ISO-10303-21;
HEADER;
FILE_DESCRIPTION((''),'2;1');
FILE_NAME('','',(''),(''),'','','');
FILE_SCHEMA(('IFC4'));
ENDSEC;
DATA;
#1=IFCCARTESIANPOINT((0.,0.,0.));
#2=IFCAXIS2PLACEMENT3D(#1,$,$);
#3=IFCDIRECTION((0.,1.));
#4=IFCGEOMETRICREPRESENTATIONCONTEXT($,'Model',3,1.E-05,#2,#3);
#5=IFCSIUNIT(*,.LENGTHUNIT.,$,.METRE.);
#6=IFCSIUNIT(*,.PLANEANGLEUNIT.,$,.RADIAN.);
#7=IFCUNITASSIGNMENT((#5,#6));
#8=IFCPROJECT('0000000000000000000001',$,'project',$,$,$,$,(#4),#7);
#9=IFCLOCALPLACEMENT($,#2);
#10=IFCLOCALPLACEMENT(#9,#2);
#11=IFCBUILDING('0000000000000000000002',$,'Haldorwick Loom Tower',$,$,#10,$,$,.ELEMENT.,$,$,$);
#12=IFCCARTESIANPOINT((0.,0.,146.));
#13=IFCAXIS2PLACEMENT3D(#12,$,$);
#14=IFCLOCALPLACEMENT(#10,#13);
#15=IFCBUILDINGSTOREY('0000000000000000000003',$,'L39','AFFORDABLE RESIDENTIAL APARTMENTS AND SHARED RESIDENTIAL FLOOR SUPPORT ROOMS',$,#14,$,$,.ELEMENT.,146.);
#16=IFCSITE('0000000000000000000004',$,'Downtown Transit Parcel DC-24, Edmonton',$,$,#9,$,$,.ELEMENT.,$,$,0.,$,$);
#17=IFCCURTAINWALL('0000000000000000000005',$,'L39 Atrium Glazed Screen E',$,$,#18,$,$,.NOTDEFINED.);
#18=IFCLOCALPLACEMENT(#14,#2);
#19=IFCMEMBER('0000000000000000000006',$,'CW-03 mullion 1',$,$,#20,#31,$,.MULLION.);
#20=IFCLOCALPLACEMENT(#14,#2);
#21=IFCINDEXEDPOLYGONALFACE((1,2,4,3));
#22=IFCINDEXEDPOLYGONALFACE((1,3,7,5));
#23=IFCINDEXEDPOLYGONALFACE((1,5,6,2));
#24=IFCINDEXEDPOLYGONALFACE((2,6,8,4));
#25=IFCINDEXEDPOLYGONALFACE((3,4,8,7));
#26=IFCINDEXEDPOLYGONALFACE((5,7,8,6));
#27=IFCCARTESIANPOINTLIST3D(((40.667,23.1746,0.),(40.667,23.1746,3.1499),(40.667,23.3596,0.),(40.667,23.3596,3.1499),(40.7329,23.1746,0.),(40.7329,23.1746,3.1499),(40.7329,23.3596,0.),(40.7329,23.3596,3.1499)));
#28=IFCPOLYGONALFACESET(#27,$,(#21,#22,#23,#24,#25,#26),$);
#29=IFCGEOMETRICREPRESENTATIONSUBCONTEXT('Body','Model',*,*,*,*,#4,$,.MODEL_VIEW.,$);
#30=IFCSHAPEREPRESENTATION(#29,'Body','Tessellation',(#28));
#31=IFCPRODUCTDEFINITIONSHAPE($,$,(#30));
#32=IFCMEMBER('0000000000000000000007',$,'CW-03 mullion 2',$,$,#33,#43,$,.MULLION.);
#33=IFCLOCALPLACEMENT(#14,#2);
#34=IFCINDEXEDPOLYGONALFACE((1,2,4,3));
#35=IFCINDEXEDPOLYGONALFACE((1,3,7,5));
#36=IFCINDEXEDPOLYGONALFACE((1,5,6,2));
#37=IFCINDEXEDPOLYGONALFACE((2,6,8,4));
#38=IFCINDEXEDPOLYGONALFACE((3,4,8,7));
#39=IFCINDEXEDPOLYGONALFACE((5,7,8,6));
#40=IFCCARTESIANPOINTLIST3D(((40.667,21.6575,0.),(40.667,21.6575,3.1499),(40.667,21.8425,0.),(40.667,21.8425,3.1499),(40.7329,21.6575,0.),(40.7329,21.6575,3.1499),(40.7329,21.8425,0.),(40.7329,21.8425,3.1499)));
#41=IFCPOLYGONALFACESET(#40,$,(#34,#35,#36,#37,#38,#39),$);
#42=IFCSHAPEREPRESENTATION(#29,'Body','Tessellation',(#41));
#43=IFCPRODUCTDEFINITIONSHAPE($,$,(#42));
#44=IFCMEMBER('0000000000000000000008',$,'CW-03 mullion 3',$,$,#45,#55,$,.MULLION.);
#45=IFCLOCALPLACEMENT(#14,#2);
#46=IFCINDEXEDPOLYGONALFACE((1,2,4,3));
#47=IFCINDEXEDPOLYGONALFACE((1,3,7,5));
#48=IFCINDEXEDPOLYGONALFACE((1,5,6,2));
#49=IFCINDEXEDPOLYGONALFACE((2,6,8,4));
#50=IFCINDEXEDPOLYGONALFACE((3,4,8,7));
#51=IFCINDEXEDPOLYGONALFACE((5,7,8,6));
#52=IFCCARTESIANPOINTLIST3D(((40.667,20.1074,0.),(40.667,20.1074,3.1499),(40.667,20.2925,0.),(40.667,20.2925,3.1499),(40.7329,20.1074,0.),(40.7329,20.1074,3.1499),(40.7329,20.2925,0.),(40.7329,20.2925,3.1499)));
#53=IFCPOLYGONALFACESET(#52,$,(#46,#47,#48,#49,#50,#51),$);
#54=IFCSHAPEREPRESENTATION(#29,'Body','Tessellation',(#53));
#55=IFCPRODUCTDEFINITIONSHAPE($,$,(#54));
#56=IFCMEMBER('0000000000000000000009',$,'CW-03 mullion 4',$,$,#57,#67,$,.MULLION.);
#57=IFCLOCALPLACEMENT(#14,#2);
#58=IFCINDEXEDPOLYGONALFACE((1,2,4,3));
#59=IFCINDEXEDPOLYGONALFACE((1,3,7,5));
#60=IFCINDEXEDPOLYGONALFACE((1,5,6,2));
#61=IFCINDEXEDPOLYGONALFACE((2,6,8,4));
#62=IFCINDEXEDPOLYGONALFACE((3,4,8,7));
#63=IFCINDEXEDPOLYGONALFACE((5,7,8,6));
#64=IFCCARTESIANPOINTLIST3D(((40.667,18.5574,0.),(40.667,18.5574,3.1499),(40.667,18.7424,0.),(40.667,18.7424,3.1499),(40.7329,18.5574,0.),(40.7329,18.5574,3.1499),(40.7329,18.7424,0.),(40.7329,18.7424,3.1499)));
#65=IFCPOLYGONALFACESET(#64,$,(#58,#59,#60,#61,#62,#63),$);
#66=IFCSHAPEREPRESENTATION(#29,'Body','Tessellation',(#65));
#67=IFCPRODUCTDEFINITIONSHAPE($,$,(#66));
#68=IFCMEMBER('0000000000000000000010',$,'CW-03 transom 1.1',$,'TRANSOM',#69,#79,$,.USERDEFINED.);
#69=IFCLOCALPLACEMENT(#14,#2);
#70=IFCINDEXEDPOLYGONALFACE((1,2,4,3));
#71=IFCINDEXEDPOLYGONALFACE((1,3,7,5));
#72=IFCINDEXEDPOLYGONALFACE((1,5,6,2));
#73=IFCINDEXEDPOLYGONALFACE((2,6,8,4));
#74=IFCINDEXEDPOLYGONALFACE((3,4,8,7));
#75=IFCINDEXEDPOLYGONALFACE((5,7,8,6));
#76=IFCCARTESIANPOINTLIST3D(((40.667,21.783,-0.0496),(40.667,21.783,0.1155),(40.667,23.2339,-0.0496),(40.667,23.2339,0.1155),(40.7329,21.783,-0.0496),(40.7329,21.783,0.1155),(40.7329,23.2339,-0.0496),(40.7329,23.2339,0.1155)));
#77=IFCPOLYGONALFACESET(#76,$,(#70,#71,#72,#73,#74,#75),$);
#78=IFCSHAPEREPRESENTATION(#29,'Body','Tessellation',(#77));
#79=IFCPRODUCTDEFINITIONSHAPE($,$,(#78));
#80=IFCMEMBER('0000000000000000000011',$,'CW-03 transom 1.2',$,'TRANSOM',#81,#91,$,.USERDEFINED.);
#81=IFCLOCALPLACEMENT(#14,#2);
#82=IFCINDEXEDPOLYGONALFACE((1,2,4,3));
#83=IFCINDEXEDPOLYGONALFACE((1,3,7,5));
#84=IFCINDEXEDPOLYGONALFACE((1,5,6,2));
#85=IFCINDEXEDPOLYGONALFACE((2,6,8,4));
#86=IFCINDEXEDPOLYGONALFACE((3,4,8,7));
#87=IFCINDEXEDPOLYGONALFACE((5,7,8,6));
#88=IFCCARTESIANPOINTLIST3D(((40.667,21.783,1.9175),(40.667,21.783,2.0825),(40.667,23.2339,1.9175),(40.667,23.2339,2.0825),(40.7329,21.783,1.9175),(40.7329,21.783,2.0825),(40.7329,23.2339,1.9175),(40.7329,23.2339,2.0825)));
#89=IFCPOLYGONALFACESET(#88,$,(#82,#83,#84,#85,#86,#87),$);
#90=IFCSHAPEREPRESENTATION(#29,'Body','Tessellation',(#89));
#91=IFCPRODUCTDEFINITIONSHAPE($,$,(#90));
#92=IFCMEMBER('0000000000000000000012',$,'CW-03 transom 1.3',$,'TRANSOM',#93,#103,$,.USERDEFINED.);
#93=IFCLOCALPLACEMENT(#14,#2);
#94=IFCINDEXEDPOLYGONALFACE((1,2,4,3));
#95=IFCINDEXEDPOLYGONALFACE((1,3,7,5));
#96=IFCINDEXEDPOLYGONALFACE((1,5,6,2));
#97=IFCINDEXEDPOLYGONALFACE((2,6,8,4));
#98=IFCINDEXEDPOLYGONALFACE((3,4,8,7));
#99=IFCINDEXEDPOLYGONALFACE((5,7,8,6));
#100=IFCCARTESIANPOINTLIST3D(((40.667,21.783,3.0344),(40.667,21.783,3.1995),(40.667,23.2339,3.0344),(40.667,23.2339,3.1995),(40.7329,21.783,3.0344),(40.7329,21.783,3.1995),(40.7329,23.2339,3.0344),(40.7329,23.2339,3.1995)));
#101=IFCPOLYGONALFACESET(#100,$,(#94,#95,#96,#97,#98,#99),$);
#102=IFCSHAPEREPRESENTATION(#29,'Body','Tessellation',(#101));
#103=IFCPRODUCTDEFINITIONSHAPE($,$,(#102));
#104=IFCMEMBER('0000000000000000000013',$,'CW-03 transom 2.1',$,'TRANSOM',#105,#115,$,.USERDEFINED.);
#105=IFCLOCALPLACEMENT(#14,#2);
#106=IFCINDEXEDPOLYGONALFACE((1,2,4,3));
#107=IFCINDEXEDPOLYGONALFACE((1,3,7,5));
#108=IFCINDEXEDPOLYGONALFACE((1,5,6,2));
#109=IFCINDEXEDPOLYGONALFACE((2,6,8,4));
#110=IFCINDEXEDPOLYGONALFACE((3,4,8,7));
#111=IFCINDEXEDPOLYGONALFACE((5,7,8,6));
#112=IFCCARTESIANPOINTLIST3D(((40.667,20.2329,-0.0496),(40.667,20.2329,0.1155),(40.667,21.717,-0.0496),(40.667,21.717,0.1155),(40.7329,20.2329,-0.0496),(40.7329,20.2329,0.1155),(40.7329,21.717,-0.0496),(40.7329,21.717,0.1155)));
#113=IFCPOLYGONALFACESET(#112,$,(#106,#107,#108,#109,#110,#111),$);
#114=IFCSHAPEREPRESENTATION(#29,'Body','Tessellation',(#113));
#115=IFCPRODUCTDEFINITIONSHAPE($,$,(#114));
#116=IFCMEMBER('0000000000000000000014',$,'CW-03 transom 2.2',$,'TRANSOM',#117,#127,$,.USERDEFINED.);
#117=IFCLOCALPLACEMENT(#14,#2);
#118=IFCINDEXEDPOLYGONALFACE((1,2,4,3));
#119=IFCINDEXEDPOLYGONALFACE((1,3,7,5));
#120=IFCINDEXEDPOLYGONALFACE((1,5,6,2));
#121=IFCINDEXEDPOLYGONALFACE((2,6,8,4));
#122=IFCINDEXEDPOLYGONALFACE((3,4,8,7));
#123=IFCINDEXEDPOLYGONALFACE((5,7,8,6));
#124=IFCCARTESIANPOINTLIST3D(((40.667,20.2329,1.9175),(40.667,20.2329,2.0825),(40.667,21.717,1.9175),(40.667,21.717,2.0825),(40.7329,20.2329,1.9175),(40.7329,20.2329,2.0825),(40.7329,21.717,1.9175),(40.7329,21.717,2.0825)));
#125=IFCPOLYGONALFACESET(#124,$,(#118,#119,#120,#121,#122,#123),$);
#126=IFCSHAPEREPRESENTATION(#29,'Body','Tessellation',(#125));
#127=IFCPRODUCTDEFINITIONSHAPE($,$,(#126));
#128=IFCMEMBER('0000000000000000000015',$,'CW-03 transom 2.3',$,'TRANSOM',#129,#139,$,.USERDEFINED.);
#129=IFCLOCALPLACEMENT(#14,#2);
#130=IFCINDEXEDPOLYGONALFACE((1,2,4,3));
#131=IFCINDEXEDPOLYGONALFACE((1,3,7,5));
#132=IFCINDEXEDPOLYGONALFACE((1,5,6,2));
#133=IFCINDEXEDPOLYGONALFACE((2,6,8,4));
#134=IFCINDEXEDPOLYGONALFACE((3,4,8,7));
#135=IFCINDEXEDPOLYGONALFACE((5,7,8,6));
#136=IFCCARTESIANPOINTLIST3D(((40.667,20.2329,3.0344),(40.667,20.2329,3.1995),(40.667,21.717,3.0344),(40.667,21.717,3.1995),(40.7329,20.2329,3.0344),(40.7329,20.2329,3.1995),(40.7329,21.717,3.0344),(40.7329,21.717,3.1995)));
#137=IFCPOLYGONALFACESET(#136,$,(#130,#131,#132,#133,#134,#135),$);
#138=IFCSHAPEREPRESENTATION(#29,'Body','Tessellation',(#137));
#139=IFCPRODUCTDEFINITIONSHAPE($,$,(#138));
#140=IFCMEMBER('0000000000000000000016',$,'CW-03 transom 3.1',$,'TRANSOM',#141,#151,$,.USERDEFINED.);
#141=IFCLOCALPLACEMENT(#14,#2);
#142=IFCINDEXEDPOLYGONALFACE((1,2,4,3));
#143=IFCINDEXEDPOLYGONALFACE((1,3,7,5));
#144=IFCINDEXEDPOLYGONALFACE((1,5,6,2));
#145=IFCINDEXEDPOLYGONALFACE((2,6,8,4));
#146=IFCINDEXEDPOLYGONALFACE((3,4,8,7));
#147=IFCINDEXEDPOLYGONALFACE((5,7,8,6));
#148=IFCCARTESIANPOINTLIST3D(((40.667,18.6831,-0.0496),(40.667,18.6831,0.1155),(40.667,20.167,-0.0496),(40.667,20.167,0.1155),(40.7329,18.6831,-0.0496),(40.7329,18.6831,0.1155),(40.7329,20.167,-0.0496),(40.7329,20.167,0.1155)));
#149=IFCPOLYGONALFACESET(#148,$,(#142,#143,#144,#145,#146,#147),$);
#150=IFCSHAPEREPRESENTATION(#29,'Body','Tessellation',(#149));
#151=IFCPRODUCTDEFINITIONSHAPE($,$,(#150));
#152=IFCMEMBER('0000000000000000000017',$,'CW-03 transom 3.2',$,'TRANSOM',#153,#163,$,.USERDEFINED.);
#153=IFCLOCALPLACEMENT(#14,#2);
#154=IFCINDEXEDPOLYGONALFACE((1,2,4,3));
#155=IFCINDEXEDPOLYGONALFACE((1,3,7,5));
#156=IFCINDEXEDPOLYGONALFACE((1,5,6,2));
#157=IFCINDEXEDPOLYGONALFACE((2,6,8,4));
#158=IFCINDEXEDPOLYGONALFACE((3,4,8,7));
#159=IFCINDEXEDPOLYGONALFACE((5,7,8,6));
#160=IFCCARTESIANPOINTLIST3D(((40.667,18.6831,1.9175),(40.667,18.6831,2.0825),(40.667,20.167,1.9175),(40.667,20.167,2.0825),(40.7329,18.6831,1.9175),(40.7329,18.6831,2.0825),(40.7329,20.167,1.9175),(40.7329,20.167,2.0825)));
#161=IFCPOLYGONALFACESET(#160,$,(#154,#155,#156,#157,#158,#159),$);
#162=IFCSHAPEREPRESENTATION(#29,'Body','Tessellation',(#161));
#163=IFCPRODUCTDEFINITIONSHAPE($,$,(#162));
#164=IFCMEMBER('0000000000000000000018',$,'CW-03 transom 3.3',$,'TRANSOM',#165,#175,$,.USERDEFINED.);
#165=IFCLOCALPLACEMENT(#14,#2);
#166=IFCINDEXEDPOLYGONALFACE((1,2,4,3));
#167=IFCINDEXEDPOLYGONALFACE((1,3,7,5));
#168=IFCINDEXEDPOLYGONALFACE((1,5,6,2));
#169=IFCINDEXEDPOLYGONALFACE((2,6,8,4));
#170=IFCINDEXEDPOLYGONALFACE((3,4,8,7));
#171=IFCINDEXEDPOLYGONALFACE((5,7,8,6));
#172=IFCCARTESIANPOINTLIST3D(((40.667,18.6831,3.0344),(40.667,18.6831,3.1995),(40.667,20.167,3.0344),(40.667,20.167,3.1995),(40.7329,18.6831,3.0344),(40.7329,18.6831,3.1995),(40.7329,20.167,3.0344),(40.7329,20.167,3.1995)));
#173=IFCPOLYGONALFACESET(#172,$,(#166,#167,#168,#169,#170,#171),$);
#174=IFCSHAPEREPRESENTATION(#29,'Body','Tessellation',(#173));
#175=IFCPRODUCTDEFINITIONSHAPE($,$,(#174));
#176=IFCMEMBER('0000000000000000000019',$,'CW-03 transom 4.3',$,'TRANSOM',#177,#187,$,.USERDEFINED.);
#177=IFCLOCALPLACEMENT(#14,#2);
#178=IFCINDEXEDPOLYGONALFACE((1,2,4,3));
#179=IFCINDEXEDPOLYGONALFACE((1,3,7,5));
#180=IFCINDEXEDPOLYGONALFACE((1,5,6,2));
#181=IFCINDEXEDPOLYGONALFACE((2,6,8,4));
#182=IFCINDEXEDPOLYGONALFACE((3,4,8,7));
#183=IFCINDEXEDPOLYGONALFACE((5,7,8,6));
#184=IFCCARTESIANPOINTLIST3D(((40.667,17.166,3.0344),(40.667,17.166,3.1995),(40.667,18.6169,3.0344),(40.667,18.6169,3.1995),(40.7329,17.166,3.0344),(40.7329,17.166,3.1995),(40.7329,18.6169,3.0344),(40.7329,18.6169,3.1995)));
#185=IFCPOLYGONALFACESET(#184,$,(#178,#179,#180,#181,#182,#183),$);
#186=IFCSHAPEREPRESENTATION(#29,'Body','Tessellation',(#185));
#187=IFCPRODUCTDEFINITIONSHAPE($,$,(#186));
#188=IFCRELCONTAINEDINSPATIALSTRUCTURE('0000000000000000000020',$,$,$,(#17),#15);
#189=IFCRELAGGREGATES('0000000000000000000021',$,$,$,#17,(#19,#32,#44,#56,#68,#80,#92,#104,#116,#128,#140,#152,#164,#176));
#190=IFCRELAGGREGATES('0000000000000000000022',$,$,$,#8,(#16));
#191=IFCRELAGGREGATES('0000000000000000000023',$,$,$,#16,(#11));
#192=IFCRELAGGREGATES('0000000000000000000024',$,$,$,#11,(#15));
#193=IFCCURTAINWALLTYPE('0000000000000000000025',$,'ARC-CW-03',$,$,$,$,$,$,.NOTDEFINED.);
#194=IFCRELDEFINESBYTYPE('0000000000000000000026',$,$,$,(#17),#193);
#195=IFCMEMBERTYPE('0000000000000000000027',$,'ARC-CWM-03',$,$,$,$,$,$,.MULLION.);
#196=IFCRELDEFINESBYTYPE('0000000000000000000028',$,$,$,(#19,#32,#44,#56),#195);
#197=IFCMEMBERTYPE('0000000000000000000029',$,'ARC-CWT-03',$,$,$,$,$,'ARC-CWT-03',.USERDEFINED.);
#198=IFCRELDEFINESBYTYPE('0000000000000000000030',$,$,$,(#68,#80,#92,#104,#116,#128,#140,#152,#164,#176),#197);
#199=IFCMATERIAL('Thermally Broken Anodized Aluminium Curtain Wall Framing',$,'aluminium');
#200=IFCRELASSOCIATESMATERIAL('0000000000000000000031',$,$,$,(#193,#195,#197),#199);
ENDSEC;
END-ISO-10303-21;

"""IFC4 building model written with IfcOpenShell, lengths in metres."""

from ifc_helpers import new_model, si_unit, direction, frame, origin, origin_2d, place, context, subcontext, project, spatial, rectangle, extrude, material, material_profile, profile_set, type_object, element, aggregate, save


model = new_model("IFC4")

# Units and contexts
model_context = context("Model", 3, precision=1e-05, world=origin(), true_north=direction((0.0, 1.0)))
body_context = subcontext(model_context, "Body", "Model", "MODEL_VIEW")
ifc_project = project(units=[si_unit("LENGTHUNIT", "METRE"), si_unit("PLANEANGLEUNIT", "RADIAN")], contexts=[model_context])

# Site, building, storey
site_placement = place(None, origin())
site = spatial("IfcSite", under=ifc_project, at=site_placement, Name="Downtown Transit Parcel DC-24, Edmonton", CompositionType="ELEMENT", RefElevation=0.0)
building_placement = place(site_placement, origin())
building = spatial("IfcBuilding", under=site, at=building_placement, Name="Haldorwick Loom Tower", CompositionType="ELEMENT")
storey_placement = place(building_placement, frame((0.0, 0.0, 146.0)))
storey = spatial("IfcBuildingStorey", under=building, at=storey_placement, Name="L39", Description="AFFORDABLE RESIDENTIAL APARTMENTS AND SHARED RESIDENTIAL FLOOR SUPPORT ROOMS", CompositionType="ELEMENT", Elevation=146.0)

# Curtain wall, members
ifc_material_1 = material(Name="Thermally Broken Anodized Aluminium Curtain Wall Framing", Category="aluminium")
curtain_wall_type = type_object("IfcCurtainWallType", Name="ARC-CW-03", PredefinedType="NOTDEFINED", material=ifc_material_1)
curtain_wall_placement = place(storey_placement, origin())
curtain_wall = element("IfcCurtainWall", 1, at=curtain_wall_placement, inside=storey, type_object=curtain_wall_type, Name="L39 Atrium Glazed Screen E", PredefinedType="NOTDEFINED")
ifc_material_profile_1 = material_profile(ifc_material_1, rectangle(XDim=0.0659, YDim=0.1851, at=origin_2d()), Name="ALU_MUL_66X185", Category="aluminium")
ifc_profile_set_1 = profile_set([ifc_material_profile_1], Name="Thermally Broken Anodized Aluminium Curtain Wall Framing")
member_type_1 = type_object("IfcMemberType", Name="ARC-CWM-03", PredefinedType="MULLION", material=ifc_profile_set_1)
member_1_placement = place(storey_placement, frame((40.7, 23.2671, 0.0), z_axis=(0.0, 0.0, 1.0), x_axis=(1.0, 0.0, 0.0)))
member_1 = element("IfcMember", 2, at=member_1_placement, type_object=member_type_1, Name="CW-03 mullion 1", PredefinedType="MULLION", context=body_context, shape_type="SweptSolid", body=[
    extrude(rectangle(XDim=0.0659, YDim=0.1851, at=origin_2d()), origin(), (0.0, 0.0, 1.0), 3.1499),
])
member_2_placement = place(storey_placement, frame((40.7, 21.75, 0.0), z_axis=(0.0, 0.0, 1.0), x_axis=(1.0, 0.0, 0.0)))
member_2 = element("IfcMember", 3, at=member_2_placement, type_object=member_type_1, Name="CW-03 mullion 2", PredefinedType="MULLION", context=body_context, shape_type="SweptSolid", body=[
    extrude(rectangle(XDim=0.0659, YDim=0.1851, at=origin_2d()), origin(), (0.0, 0.0, 1.0), 3.1499),
])
member_3_placement = place(storey_placement, frame((40.7, 20.2, 0.0), z_axis=(0.0, 0.0, 1.0), x_axis=(1.0, 0.0, 0.0)))
member_3 = element("IfcMember", 4, at=member_3_placement, type_object=member_type_1, Name="CW-03 mullion 3", PredefinedType="MULLION", context=body_context, shape_type="SweptSolid", body=[
    extrude(rectangle(XDim=0.0659, YDim=0.1851, at=origin_2d()), origin(), (0.0, 0.0, 1.0), 3.1499),
])
member_4_placement = place(storey_placement, frame((40.7, 18.6499, 0.0), z_axis=(0.0, 0.0, 1.0), x_axis=(1.0, 0.0, 0.0)))
member_4 = element("IfcMember", 5, at=member_4_placement, type_object=member_type_1, Name="CW-03 mullion 4", PredefinedType="MULLION", context=body_context, shape_type="SweptSolid", body=[
    extrude(rectangle(XDim=0.0659, YDim=0.1851, at=origin_2d()), origin(), (0.0, 0.0, 1.0), 3.1499),
])
ifc_material_profile_2 = material_profile(ifc_material_1, rectangle(XDim=0.0659, YDim=0.165, at=origin_2d()), Name="ALU_TRN_66X165", Category="aluminium")
ifc_profile_set_2 = profile_set([ifc_material_profile_2], Name="Thermally Broken Anodized Aluminium Curtain Wall Framing")
member_type_2 = type_object("IfcMemberType", Name="ARC-CWT-03", ElementType="ARC-CWT-03", PredefinedType="USERDEFINED", material=ifc_profile_set_2)
member_5_placement = place(storey_placement, frame((40.7, 23.2339, 0.033), z_axis=(0.0, -1.0, 0.0), x_axis=(1.0, 0.0, 0.0)))
member_5 = element("IfcMember", 6, at=member_5_placement, type_object=member_type_2, Name="CW-03 transom 1.1", ObjectType="TRANSOM", PredefinedType="USERDEFINED", context=body_context, shape_type="SweptSolid", body=[
    extrude(rectangle(XDim=0.0659, YDim=0.165, at=origin_2d()), origin(), (0.0, 0.0, 1.0), 1.4509),
])
member_6_placement = place(storey_placement, frame((40.7, 23.2339, 2.0), z_axis=(0.0, -1.0, 0.0), x_axis=(1.0, 0.0, 0.0)))
member_6 = element("IfcMember", 7, at=member_6_placement, type_object=member_type_2, Name="CW-03 transom 1.2", ObjectType="TRANSOM", PredefinedType="USERDEFINED", context=body_context, shape_type="SweptSolid", body=[
    extrude(rectangle(XDim=0.0659, YDim=0.165, at=origin_2d()), origin(), (0.0, 0.0, 1.0), 1.4509),
])
member_7_placement = place(storey_placement, frame((40.7, 23.2339, 3.1169), z_axis=(0.0, -1.0, 0.0), x_axis=(1.0, 0.0, 0.0)))
member_7 = element("IfcMember", 8, at=member_7_placement, type_object=member_type_2, Name="CW-03 transom 1.3", ObjectType="TRANSOM", PredefinedType="USERDEFINED", context=body_context, shape_type="SweptSolid", body=[
    extrude(rectangle(XDim=0.0659, YDim=0.165, at=origin_2d()), origin(), (0.0, 0.0, 1.0), 1.4509),
])
member_8_placement = place(storey_placement, frame((40.7, 21.717, 0.033), z_axis=(0.0, -1.0, 0.0), x_axis=(1.0, 0.0, 0.0)))
member_8 = element("IfcMember", 9, at=member_8_placement, type_object=member_type_2, Name="CW-03 transom 2.1", ObjectType="TRANSOM", PredefinedType="USERDEFINED", context=body_context, shape_type="SweptSolid", body=[
    extrude(rectangle(XDim=0.0659, YDim=0.165, at=origin_2d()), origin(), (0.0, 0.0, 1.0), 1.4841),
])
member_9_placement = place(storey_placement, frame((40.7, 21.717, 2.0), z_axis=(0.0, -1.0, 0.0), x_axis=(1.0, 0.0, 0.0)))
member_9 = element("IfcMember", 10, at=member_9_placement, type_object=member_type_2, Name="CW-03 transom 2.2", ObjectType="TRANSOM", PredefinedType="USERDEFINED", context=body_context, shape_type="SweptSolid", body=[
    extrude(rectangle(XDim=0.0659, YDim=0.165, at=origin_2d()), origin(), (0.0, 0.0, 1.0), 1.4841),
])
member_10_placement = place(storey_placement, frame((40.7, 21.717, 3.1169), z_axis=(0.0, -1.0, 0.0), x_axis=(1.0, 0.0, 0.0)))
member_10 = element("IfcMember", 11, at=member_10_placement, type_object=member_type_2, Name="CW-03 transom 2.3", ObjectType="TRANSOM", PredefinedType="USERDEFINED", context=body_context, shape_type="SweptSolid", body=[
    extrude(rectangle(XDim=0.0659, YDim=0.165, at=origin_2d()), origin(), (0.0, 0.0, 1.0), 1.4841),
])
member_11_placement = place(storey_placement, frame((40.7, 20.167, 0.033), z_axis=(0.0, -1.0, 0.0), x_axis=(1.0, 0.0, 0.0)))
member_11 = element("IfcMember", 12, at=member_11_placement, type_object=member_type_2, Name="CW-03 transom 3.1", ObjectType="TRANSOM", PredefinedType="USERDEFINED", context=body_context, shape_type="SweptSolid", body=[
    extrude(rectangle(XDim=0.0659, YDim=0.165, at=origin_2d()), origin(), (0.0, 0.0, 1.0), 1.4839),
])
member_12_placement = place(storey_placement, frame((40.7, 20.167, 2.0), z_axis=(0.0, -1.0, 0.0), x_axis=(1.0, 0.0, 0.0)))
member_12 = element("IfcMember", 13, at=member_12_placement, type_object=member_type_2, Name="CW-03 transom 3.2", ObjectType="TRANSOM", PredefinedType="USERDEFINED", context=body_context, shape_type="SweptSolid", body=[
    extrude(rectangle(XDim=0.0659, YDim=0.165, at=origin_2d()), origin(), (0.0, 0.0, 1.0), 1.4839),
])
member_13_placement = place(storey_placement, frame((40.7, 20.167, 3.1169), z_axis=(0.0, -1.0, 0.0), x_axis=(1.0, 0.0, 0.0)))
member_13 = element("IfcMember", 14, at=member_13_placement, type_object=member_type_2, Name="CW-03 transom 3.3", ObjectType="TRANSOM", PredefinedType="USERDEFINED", context=body_context, shape_type="SweptSolid", body=[
    extrude(rectangle(XDim=0.0659, YDim=0.165, at=origin_2d()), origin(), (0.0, 0.0, 1.0), 1.4839),
])
member_14_placement = place(storey_placement, frame((40.7, 18.6169, 3.1169), z_axis=(0.0, -1.0, 0.0), x_axis=(1.0, 0.0, 0.0)))
member_14 = element("IfcMember", 15, at=member_14_placement, type_object=member_type_2, Name="CW-03 transom 4.3", ObjectType="TRANSOM", PredefinedType="USERDEFINED", context=body_context, shape_type="SweptSolid", body=[
    extrude(rectangle(XDim=0.0659, YDim=0.165, at=origin_2d()), origin(), (0.0, 0.0, 1.0), 1.4509),
])

aggregate(curtain_wall, [member_1, member_2, member_3, member_4, member_5, member_6, member_7, member_8, member_9, member_10, member_11, member_12, member_13, member_14])

save(model, "model.ifc")
